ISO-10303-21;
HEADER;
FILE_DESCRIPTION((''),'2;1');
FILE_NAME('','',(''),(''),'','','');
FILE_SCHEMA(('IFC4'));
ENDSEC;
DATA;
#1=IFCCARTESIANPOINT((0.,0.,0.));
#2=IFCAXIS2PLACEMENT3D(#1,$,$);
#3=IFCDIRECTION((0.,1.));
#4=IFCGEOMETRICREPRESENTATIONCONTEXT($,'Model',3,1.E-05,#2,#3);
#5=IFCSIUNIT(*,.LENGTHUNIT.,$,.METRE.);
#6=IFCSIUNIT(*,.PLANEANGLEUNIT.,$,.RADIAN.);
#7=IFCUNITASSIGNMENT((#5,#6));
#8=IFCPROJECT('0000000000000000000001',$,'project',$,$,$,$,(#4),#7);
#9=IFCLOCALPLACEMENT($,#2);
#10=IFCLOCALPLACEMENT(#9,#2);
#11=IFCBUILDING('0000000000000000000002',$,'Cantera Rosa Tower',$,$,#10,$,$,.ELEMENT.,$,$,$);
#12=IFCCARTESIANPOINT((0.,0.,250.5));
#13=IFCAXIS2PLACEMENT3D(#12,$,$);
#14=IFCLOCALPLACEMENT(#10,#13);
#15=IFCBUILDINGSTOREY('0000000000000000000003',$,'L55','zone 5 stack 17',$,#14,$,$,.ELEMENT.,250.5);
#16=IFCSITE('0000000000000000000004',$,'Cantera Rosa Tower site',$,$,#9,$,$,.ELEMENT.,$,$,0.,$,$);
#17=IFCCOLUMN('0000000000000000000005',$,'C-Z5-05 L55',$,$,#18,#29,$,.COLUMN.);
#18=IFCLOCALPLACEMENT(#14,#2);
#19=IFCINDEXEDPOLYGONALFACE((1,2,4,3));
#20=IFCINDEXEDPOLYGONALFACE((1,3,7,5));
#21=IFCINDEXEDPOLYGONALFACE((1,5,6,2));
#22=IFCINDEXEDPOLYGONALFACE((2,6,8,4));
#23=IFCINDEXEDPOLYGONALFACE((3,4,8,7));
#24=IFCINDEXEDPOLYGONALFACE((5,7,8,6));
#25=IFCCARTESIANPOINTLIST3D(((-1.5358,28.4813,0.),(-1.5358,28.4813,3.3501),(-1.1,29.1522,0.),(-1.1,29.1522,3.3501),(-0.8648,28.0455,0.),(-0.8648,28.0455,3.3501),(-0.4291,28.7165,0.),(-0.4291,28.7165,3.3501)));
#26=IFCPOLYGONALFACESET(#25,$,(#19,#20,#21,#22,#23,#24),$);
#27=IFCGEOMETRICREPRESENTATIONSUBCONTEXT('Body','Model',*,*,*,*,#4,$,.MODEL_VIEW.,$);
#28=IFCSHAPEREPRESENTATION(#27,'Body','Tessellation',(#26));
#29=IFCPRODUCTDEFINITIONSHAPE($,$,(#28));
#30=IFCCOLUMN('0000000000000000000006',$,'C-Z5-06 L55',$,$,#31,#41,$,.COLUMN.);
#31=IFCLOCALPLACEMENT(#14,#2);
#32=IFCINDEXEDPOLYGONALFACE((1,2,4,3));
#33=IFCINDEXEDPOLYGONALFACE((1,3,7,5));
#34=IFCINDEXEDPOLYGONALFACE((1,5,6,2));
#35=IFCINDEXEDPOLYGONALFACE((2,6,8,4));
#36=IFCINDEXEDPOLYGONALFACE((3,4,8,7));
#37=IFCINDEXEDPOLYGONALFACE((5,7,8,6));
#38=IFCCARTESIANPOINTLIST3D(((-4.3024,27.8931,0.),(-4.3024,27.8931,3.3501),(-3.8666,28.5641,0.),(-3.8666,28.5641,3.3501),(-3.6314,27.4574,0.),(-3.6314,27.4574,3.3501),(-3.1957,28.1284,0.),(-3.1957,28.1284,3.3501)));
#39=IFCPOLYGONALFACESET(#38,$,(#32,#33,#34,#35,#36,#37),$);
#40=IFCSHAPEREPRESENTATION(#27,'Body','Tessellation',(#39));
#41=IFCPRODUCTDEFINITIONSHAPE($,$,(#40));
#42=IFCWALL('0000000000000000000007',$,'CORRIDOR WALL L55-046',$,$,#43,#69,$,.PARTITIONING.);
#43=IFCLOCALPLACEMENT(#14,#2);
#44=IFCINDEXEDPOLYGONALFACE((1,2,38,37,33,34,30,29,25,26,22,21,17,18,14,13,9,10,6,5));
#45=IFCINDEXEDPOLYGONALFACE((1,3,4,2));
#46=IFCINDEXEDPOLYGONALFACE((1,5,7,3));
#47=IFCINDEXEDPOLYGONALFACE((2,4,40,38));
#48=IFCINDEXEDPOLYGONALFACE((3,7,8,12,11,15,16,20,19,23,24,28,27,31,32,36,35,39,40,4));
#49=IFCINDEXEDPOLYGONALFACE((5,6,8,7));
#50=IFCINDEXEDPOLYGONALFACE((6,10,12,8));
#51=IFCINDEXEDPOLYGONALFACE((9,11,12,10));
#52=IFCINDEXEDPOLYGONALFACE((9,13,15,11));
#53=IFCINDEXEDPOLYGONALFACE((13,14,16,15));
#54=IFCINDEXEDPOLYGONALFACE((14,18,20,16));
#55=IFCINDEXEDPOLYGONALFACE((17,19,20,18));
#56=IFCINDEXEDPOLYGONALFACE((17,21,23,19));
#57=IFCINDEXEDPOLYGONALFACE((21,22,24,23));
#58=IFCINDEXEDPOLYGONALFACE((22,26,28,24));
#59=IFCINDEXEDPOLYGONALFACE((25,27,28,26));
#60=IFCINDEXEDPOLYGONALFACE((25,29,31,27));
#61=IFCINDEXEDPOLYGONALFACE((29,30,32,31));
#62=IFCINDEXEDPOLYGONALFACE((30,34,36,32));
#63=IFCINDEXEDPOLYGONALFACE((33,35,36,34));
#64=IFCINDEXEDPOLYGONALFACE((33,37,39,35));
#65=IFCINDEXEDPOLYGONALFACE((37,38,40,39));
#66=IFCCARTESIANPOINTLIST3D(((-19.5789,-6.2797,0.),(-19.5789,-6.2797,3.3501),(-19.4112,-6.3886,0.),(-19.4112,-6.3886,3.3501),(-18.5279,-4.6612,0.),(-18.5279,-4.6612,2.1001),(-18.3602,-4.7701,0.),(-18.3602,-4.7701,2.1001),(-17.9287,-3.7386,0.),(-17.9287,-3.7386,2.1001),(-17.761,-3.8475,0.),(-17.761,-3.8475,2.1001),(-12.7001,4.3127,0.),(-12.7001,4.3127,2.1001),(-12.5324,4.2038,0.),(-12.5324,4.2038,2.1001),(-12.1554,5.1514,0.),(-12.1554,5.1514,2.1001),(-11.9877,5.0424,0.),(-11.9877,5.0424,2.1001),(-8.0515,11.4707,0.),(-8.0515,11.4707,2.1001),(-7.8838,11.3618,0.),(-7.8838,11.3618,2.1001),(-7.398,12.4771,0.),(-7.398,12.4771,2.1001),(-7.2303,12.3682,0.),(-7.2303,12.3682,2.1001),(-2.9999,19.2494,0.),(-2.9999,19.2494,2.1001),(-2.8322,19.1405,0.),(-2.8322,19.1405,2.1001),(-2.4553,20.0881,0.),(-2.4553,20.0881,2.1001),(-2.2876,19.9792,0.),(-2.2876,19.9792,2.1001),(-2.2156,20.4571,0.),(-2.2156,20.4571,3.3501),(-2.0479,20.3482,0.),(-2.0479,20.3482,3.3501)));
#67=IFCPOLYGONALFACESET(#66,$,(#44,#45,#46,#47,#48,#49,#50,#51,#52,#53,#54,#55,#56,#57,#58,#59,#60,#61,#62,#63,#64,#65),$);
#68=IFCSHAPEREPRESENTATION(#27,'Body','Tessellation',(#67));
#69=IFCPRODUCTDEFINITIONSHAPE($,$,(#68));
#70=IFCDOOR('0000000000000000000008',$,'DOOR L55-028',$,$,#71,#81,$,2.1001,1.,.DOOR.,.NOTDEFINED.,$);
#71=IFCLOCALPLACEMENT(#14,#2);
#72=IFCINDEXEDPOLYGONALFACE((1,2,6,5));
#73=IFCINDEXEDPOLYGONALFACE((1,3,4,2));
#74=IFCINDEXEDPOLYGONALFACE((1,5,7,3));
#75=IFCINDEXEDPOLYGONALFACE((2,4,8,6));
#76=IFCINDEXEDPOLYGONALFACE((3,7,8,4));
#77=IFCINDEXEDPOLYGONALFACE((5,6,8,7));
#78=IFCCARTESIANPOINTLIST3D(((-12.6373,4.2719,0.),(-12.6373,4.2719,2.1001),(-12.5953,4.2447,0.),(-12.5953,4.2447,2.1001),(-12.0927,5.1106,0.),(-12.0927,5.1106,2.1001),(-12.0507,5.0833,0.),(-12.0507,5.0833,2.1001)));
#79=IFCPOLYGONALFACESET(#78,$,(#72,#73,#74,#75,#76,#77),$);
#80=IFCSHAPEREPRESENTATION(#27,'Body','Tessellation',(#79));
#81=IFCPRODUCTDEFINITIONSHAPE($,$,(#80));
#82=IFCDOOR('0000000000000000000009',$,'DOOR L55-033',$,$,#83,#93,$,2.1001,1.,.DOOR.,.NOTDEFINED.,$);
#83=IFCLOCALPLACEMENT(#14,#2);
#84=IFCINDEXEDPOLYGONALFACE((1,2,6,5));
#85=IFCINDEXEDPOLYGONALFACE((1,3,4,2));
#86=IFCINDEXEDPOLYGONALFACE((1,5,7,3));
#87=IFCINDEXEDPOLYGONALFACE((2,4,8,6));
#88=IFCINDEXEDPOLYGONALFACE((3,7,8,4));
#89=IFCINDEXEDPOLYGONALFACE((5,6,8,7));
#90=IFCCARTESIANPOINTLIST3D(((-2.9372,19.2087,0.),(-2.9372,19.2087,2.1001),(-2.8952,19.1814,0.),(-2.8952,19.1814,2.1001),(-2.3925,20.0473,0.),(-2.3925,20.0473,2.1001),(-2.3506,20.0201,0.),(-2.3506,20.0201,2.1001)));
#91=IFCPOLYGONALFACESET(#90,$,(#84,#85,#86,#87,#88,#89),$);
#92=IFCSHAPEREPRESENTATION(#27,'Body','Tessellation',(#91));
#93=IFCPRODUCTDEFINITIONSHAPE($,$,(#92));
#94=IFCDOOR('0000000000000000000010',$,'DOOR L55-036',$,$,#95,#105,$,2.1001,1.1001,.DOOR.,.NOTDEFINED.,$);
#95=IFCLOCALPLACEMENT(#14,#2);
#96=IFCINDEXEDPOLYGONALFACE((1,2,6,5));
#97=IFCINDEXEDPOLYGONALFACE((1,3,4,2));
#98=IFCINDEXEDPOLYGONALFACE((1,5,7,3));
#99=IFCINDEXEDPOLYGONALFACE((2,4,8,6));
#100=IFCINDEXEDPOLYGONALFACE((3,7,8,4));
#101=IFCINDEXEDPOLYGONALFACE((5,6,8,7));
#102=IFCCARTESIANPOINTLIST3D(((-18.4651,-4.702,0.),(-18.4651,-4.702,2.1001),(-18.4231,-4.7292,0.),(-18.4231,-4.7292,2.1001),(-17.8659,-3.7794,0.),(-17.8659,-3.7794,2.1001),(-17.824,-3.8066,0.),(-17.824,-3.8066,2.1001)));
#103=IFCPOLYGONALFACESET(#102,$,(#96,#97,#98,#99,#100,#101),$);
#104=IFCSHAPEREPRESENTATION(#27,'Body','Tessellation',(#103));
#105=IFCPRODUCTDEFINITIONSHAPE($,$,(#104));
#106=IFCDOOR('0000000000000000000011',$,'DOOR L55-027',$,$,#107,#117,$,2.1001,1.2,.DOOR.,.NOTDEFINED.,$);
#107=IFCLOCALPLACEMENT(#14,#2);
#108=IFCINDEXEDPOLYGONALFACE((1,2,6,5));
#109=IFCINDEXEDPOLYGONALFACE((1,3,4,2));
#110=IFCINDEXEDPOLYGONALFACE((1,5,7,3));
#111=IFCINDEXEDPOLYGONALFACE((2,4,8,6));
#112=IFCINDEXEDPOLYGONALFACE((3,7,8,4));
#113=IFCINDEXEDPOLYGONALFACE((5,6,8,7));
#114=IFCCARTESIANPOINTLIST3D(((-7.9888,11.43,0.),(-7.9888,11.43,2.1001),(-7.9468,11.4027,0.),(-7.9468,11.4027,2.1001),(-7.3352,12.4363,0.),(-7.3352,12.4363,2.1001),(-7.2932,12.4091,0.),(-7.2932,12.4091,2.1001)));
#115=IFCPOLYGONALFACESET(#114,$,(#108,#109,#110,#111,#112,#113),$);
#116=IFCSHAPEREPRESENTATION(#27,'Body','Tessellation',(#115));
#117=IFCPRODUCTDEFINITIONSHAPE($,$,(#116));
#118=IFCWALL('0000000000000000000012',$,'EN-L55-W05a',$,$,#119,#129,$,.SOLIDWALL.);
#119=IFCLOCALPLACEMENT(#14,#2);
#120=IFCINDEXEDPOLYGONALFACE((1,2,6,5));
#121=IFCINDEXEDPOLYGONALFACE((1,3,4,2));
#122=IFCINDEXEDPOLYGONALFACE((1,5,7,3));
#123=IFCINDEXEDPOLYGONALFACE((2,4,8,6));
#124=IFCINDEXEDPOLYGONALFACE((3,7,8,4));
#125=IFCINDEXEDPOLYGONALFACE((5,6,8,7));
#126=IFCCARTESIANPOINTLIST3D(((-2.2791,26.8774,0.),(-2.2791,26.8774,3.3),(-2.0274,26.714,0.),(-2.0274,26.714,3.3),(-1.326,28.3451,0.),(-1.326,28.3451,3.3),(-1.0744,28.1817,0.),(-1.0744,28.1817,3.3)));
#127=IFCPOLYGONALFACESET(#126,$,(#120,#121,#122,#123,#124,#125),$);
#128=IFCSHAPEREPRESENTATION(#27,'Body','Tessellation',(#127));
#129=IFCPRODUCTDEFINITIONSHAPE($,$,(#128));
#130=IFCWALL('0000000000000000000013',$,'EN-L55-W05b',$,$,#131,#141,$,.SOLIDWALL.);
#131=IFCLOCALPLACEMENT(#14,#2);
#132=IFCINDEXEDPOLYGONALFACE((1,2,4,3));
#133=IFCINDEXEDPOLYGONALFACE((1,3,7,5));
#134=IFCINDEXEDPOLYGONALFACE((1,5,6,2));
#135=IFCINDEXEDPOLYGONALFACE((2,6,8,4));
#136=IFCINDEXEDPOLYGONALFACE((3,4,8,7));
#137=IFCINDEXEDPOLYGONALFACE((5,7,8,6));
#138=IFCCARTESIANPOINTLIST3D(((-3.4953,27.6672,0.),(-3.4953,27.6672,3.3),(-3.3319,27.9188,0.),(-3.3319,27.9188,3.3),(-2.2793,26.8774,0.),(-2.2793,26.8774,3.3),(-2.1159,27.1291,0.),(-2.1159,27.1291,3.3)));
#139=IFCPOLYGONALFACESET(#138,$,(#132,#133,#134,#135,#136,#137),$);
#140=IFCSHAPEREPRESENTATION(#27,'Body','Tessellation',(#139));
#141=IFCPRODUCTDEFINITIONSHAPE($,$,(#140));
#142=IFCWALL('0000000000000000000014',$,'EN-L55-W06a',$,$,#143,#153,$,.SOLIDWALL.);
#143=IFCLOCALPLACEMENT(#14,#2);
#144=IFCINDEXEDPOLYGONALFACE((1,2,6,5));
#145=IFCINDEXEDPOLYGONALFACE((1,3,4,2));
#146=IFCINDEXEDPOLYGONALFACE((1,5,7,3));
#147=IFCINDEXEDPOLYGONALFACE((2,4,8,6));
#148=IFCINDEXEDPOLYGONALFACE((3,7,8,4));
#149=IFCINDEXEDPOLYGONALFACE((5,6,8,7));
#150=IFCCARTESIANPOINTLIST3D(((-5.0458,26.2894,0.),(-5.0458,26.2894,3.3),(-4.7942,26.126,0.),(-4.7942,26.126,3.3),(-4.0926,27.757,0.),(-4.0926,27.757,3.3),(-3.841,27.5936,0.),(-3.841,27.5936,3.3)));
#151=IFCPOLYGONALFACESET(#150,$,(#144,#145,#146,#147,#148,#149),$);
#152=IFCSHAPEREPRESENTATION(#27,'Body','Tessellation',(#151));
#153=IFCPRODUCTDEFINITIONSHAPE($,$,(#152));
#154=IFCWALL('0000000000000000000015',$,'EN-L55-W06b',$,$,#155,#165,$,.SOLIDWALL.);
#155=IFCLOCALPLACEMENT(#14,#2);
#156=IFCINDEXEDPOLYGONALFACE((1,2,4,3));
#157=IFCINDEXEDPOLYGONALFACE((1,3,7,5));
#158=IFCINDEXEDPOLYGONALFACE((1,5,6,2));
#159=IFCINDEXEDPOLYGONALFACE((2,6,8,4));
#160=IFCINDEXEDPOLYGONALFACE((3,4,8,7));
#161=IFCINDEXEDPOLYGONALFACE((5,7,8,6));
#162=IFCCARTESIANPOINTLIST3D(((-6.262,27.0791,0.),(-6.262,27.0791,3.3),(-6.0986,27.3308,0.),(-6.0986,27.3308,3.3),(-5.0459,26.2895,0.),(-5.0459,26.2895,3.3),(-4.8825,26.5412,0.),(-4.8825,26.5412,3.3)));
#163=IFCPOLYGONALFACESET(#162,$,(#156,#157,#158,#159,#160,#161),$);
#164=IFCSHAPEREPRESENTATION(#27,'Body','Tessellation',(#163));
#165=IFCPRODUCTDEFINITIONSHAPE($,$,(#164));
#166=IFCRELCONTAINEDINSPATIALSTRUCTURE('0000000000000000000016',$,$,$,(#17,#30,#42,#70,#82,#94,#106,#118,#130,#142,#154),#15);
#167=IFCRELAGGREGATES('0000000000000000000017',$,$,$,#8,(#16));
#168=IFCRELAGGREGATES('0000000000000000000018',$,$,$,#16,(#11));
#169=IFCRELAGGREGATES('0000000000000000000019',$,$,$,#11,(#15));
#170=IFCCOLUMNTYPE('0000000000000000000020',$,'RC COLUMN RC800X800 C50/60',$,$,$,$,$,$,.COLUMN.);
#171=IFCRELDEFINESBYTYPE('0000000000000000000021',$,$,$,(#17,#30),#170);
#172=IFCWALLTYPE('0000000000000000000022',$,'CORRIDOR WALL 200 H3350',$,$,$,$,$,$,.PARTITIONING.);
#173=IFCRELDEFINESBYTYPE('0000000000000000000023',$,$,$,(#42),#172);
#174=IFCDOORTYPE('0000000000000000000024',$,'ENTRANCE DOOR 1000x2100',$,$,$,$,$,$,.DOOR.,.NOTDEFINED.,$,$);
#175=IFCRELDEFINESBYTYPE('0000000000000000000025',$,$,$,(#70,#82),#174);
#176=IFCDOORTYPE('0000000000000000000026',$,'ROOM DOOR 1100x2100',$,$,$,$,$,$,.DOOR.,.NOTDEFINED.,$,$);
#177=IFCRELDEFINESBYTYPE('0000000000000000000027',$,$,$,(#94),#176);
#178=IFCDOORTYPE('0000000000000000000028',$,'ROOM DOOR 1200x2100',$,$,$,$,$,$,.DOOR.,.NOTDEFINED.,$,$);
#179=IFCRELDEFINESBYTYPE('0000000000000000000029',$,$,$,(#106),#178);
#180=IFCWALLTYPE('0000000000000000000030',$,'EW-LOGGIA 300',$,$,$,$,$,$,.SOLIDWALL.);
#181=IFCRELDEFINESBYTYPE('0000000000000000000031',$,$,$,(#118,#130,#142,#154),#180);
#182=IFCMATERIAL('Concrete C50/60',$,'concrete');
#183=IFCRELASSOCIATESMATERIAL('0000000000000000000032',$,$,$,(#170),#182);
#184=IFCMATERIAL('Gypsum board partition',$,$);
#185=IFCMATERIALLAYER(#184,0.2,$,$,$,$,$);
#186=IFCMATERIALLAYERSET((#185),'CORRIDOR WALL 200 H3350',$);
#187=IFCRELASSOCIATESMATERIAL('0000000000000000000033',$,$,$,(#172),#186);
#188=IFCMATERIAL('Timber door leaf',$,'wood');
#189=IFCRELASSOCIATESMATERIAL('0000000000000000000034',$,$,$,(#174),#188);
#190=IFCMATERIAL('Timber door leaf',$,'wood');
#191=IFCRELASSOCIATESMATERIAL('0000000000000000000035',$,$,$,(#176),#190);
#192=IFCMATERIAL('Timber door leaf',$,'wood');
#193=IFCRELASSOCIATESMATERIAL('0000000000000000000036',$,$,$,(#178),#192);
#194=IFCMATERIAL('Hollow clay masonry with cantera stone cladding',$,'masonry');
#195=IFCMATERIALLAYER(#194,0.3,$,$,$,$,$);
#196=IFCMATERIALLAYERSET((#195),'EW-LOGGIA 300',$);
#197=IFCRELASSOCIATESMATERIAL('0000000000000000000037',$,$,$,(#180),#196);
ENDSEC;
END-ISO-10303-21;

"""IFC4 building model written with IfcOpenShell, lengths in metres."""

from ifc_helpers import new_model, si_unit, direction, frame, frame_2d, origin, origin_2d, place, context, subcontext, project, spatial, rectangle, extrude, material, layer, layer_set, material_profile, profile_set, type_object, element, fill, save


model = new_model("IFC4")

# Units and contexts
model_context = context("Model", 3, precision=1e-05, world=origin(), true_north=direction((0.0, 1.0)))
body_context = subcontext(model_context, "Body", "Model", "MODEL_VIEW")
ifc_project = project(units=[si_unit("LENGTHUNIT", "METRE"), si_unit("PLANEANGLEUNIT", "RADIAN")], contexts=[model_context])

# Site, building, storey
site_placement = place(None, origin())
site = spatial("IfcSite", under=ifc_project, at=site_placement, Name="Cantera Rosa Tower site", CompositionType="ELEMENT", RefElevation=0.0)
building_placement = place(site_placement, origin())
building = spatial("IfcBuilding", under=site, at=building_placement, Name="Cantera Rosa Tower", CompositionType="ELEMENT")
storey_placement = place(building_placement, frame((0.0, 0.0, 250.5)))
storey = spatial("IfcBuildingStorey", under=building, at=storey_placement, Name="L55", Description="zone 5 stack 17", CompositionType="ELEMENT", Elevation=250.5)

# Columns
ifc_material_1 = material(Name="Concrete C50/60", Category="concrete")
ifc_material_profile = material_profile(ifc_material_1, rectangle(XDim=0.8, YDim=0.8, at=origin_2d()), Name="RC COLUMN RC800X800 C50/60")
ifc_profile_set = profile_set([ifc_material_profile], Name="Concrete C50/60")
column_type = type_object("IfcColumnType", Name="RC COLUMN RC800X800 C50/60", PredefinedType="COLUMN", material=ifc_profile_set)
for number, where, z_axis, x_axis, name in (
    (1, (-0.9824, 28.5989, 0.0), (0.0, 0.0, 1.0), (0.544639, 0.838671, 0.0), "C-Z5-05 L55"),
    (2, (-3.749, 28.0107, 0.0), (0.0, 0.0, 1.0), (0.544639, 0.838671, 0.0), "C-Z5-06 L55"),
):
    element("IfcColumn", number, at=place(storey_placement, frame(where, z_axis=z_axis, x_axis=x_axis)), inside=storey, type_object=column_type, Name=name, PredefinedType="COLUMN", context=body_context, shape_type="SweptSolid", body=[
        extrude(rectangle(XDim=0.8, YDim=0.8, at=origin_2d()), origin(), (0.0, 0.0, 1.0), 3.3501),
    ])

# Wall, openings, doors
ifc_material_2 = material(Name="Gypsum board partition")
ifc_layer_1 = layer(ifc_material_2, 0.2)
ifc_layer_set_1 = layer_set([ifc_layer_1], Name="CORRIDOR WALL 200 H3350")
wall_type_1 = type_object("IfcWallType", Name="CORRIDOR WALL 200 H3350", PredefinedType="PARTITIONING", material=ifc_layer_set_1)
wall_1_placement = place(storey_placement, frame((-2.1318, 20.4026, 0.0), z_axis=(0.0, 0.0, 1.0), x_axis=(-0.544643, -0.838668, 0.0)))
wall_1 = element("IfcWall", 3, at=wall_1_placement, inside=storey, type_object=wall_type_1, Name="CORRIDOR WALL L55-046", PredefinedType="PARTITIONING", context=body_context, shape_type="SweptSolid", body=[
    extrude(rectangle(XDim=31.8801, YDim=0.2, at=frame_2d((15.9399, 0.0))), origin(), (0.0, 0.0, 1.0), 3.3501),
])
opening_1_placement = place(wall_1_placement, frame((9.5149, 0.0, 0.0)))
opening_1 = element("IfcOpeningElement", 4, at=opening_1_placement, cuts=wall_1, PredefinedType="OPENING", context=body_context, shape_type="SweptSolid", body=[
    extrude(rectangle(XDim=1.2, YDim=2.1001, at=frame_2d((0.6001, 1.05))), frame((0.0, 0.1099, 0.0), z_axis=(0.0, -1.0, 0.0), x_axis=(1.0, 0.0, 0.0)), (0.0, 0.0, 1.0), 0.22),
])
opening_2_placement = place(wall_1_placement, frame((18.25, 0.0, 0.0)))
opening_2 = element("IfcOpeningElement", 5, at=opening_2_placement, cuts=wall_1, PredefinedType="OPENING", context=body_context, shape_type="SweptSolid", body=[
    extrude(rectangle(XDim=1.0, YDim=2.1001, at=frame_2d((0.5, 1.05))), frame((0.0, 0.1099, 0.0), z_axis=(0.0, -1.0, 0.0), x_axis=(1.0, 0.0, 0.0)), (0.0, 0.0, 1.0), 0.22),
])
opening_3_placement = place(wall_1_placement, frame((0.4399, 0.0, 0.0)))
opening_3 = element("IfcOpeningElement", 6, at=opening_3_placement, cuts=wall_1, PredefinedType="OPENING", context=body_context, shape_type="SweptSolid", body=[
    extrude(rectangle(XDim=1.0, YDim=2.1001, at=frame_2d((0.5, 1.05))), frame((0.0, 0.1099, 0.0), z_axis=(0.0, -1.0, 0.0), x_axis=(1.0, 0.0, 0.0)), (0.0, 0.0, 1.0), 0.22),
])
opening_4_placement = place(wall_1_placement, frame((28.8501, 0.0, 0.0)))
opening_4 = element("IfcOpeningElement", 7, at=opening_4_placement, cuts=wall_1, PredefinedType="OPENING", context=body_context, shape_type="SweptSolid", body=[
    extrude(rectangle(XDim=1.1001, YDim=2.1001, at=frame_2d((0.55, 1.05))), frame((0.0, 0.1099, 0.0), z_axis=(0.0, -1.0, 0.0), x_axis=(1.0, 0.0, 0.0)), (0.0, 0.0, 1.0), 0.22),
])
ifc_material_3 = material(Name="Timber door leaf", Category="wood")
door_type_1 = type_object("IfcDoorType", Name="ENTRANCE DOOR 1000x2100", OperationType="NOTDEFINED", PredefinedType="DOOR", material=ifc_material_3)
door_1_placement = place(opening_2_placement, origin())
door_1 = element("IfcDoor", 8, at=door_1_placement, inside=storey, type_object=door_type_1, Name="DOOR L55-028", OperationType="NOTDEFINED", OverallHeight=2.1001, OverallWidth=1.0, PredefinedType="DOOR", context=body_context, shape_type="SweptSolid", body=[
    extrude(rectangle(XDim=1.0, YDim=2.1001, at=frame_2d((0.5, 1.05))), frame((0.0, 0.0249, 0.0), z_axis=(0.0, -1.0, 0.0), x_axis=(1.0, 0.0, 0.0)), (0.0, 0.0, 1.0), 0.05),
])
fill(opening_2, door_1)
door_2_placement = place(opening_3_placement, origin())
door_2 = element("IfcDoor", 9, at=door_2_placement, inside=storey, type_object=door_type_1, Name="DOOR L55-033", OperationType="NOTDEFINED", OverallHeight=2.1001, OverallWidth=1.0, PredefinedType="DOOR", context=body_context, shape_type="SweptSolid", body=[
    extrude(rectangle(XDim=1.0, YDim=2.1001, at=frame_2d((0.5, 1.05))), frame((0.0, 0.0249, 0.0), z_axis=(0.0, -1.0, 0.0), x_axis=(1.0, 0.0, 0.0)), (0.0, 0.0, 1.0), 0.05),
])
fill(opening_3, door_2)
ifc_material_4 = material(Name="Timber door leaf", Category="wood")
door_type_2 = type_object("IfcDoorType", Name="ROOM DOOR 1100x2100", OperationType="NOTDEFINED", PredefinedType="DOOR", material=ifc_material_4)
door_3_placement = place(opening_4_placement, origin())
door_3 = element("IfcDoor", 10, at=door_3_placement, inside=storey, type_object=door_type_2, Name="DOOR L55-036", OperationType="NOTDEFINED", OverallHeight=2.1001, OverallWidth=1.1001, PredefinedType="DOOR", context=body_context, shape_type="SweptSolid", body=[
    extrude(rectangle(XDim=1.1001, YDim=2.1001, at=frame_2d((0.55, 1.05))), frame((0.0, 0.0249, 0.0), z_axis=(0.0, -1.0, 0.0), x_axis=(1.0, 0.0, 0.0)), (0.0, 0.0, 1.0), 0.05),
])
fill(opening_4, door_3)
ifc_material_5 = material(Name="Timber door leaf", Category="wood")
door_type_3 = type_object("IfcDoorType", Name="ROOM DOOR 1200x2100", OperationType="NOTDEFINED", PredefinedType="DOOR", material=ifc_material_5)
door_4_placement = place(opening_1_placement, origin())
door_4 = element("IfcDoor", 11, at=door_4_placement, inside=storey, type_object=door_type_3, Name="DOOR L55-027", OperationType="NOTDEFINED", OverallHeight=2.1001, OverallWidth=1.2, PredefinedType="DOOR", context=body_context, shape_type="SweptSolid", body=[
    extrude(rectangle(XDim=1.2, YDim=2.1001, at=frame_2d((0.6001, 1.05))), frame((0.0, 0.0249, 0.0), z_axis=(0.0, -1.0, 0.0), x_axis=(1.0, 0.0, 0.0)), (0.0, 0.0, 1.0), 0.05),
])
fill(opening_1, door_4)

# Walls
ifc_material_6 = material(Name="Hollow clay masonry with cantera stone cladding", Category="masonry")
ifc_layer_2 = layer(ifc_material_6, 0.3)
ifc_layer_set_2 = layer_set([ifc_layer_2], Name="EW-LOGGIA 300")
wall_type_2 = type_object("IfcWallType", Name="EW-LOGGIA 300", PredefinedType="SOLIDWALL", material=ifc_layer_set_2)
wall_2_placement = place(storey_placement, frame((-1.2002, 28.2634, 0.0), z_axis=(0.0, 0.0, 1.0), x_axis=(-0.544616, -0.838686, 0.0)))
element("IfcWall", 12, at=wall_2_placement, inside=storey, type_object=wall_type_2, Name="EN-L55-W05a", PredefinedType="SOLIDWALL", context=body_context, shape_type="SweptSolid", body=[
    extrude(rectangle(XDim=1.75, YDim=0.3, at=frame_2d((0.875, 0.0))), origin(), (0.0, 0.0, 1.0), 3.3),
])
wall_3_placement = place(storey_placement, frame((-2.1975, 27.0032, 0.0), z_axis=(0.0, 0.0, 1.0), x_axis=(-0.838647, 0.544675, 0.0)))
element("IfcWall", 13, at=wall_3_placement, inside=storey, type_object=wall_type_2, Name="EN-L55-W05b", PredefinedType="SOLIDWALL", context=body_context, shape_type="SweptSolid", body=[
    extrude(rectangle(XDim=1.45, YDim=0.3, at=frame_2d((0.7251, 0.0))), origin(), (0.0, 0.0, 1.0), 3.3),
])
wall_4_placement = place(storey_placement, frame((-3.9668, 27.6753, 0.0), z_axis=(0.0, 0.0, 1.0), x_axis=(-0.544679, -0.838644, 0.0)))
element("IfcWall", 14, at=wall_4_placement, inside=storey, type_object=wall_type_2, Name="EN-L55-W06a", PredefinedType="SOLIDWALL", context=body_context, shape_type="SweptSolid", body=[
    extrude(rectangle(XDim=1.75, YDim=0.3, at=frame_2d((0.875, 0.0))), origin(), (0.0, 0.0, 1.0), 3.3),
])
wall_5_placement = place(storey_placement, frame((-4.9641, 26.4153, 0.0), z_axis=(0.0, 0.0, 1.0), x_axis=(-0.838724, 0.544556, 0.0)))
element("IfcWall", 15, at=wall_5_placement, inside=storey, type_object=wall_type_2, Name="EN-L55-W06b", PredefinedType="SOLIDWALL", context=body_context, shape_type="SweptSolid", body=[
    extrude(rectangle(XDim=1.45, YDim=0.3, at=frame_2d((0.7251, 0.0))), origin(), (0.0, 0.0, 1.0), 3.3),
])

save(model, "model.ifc")
